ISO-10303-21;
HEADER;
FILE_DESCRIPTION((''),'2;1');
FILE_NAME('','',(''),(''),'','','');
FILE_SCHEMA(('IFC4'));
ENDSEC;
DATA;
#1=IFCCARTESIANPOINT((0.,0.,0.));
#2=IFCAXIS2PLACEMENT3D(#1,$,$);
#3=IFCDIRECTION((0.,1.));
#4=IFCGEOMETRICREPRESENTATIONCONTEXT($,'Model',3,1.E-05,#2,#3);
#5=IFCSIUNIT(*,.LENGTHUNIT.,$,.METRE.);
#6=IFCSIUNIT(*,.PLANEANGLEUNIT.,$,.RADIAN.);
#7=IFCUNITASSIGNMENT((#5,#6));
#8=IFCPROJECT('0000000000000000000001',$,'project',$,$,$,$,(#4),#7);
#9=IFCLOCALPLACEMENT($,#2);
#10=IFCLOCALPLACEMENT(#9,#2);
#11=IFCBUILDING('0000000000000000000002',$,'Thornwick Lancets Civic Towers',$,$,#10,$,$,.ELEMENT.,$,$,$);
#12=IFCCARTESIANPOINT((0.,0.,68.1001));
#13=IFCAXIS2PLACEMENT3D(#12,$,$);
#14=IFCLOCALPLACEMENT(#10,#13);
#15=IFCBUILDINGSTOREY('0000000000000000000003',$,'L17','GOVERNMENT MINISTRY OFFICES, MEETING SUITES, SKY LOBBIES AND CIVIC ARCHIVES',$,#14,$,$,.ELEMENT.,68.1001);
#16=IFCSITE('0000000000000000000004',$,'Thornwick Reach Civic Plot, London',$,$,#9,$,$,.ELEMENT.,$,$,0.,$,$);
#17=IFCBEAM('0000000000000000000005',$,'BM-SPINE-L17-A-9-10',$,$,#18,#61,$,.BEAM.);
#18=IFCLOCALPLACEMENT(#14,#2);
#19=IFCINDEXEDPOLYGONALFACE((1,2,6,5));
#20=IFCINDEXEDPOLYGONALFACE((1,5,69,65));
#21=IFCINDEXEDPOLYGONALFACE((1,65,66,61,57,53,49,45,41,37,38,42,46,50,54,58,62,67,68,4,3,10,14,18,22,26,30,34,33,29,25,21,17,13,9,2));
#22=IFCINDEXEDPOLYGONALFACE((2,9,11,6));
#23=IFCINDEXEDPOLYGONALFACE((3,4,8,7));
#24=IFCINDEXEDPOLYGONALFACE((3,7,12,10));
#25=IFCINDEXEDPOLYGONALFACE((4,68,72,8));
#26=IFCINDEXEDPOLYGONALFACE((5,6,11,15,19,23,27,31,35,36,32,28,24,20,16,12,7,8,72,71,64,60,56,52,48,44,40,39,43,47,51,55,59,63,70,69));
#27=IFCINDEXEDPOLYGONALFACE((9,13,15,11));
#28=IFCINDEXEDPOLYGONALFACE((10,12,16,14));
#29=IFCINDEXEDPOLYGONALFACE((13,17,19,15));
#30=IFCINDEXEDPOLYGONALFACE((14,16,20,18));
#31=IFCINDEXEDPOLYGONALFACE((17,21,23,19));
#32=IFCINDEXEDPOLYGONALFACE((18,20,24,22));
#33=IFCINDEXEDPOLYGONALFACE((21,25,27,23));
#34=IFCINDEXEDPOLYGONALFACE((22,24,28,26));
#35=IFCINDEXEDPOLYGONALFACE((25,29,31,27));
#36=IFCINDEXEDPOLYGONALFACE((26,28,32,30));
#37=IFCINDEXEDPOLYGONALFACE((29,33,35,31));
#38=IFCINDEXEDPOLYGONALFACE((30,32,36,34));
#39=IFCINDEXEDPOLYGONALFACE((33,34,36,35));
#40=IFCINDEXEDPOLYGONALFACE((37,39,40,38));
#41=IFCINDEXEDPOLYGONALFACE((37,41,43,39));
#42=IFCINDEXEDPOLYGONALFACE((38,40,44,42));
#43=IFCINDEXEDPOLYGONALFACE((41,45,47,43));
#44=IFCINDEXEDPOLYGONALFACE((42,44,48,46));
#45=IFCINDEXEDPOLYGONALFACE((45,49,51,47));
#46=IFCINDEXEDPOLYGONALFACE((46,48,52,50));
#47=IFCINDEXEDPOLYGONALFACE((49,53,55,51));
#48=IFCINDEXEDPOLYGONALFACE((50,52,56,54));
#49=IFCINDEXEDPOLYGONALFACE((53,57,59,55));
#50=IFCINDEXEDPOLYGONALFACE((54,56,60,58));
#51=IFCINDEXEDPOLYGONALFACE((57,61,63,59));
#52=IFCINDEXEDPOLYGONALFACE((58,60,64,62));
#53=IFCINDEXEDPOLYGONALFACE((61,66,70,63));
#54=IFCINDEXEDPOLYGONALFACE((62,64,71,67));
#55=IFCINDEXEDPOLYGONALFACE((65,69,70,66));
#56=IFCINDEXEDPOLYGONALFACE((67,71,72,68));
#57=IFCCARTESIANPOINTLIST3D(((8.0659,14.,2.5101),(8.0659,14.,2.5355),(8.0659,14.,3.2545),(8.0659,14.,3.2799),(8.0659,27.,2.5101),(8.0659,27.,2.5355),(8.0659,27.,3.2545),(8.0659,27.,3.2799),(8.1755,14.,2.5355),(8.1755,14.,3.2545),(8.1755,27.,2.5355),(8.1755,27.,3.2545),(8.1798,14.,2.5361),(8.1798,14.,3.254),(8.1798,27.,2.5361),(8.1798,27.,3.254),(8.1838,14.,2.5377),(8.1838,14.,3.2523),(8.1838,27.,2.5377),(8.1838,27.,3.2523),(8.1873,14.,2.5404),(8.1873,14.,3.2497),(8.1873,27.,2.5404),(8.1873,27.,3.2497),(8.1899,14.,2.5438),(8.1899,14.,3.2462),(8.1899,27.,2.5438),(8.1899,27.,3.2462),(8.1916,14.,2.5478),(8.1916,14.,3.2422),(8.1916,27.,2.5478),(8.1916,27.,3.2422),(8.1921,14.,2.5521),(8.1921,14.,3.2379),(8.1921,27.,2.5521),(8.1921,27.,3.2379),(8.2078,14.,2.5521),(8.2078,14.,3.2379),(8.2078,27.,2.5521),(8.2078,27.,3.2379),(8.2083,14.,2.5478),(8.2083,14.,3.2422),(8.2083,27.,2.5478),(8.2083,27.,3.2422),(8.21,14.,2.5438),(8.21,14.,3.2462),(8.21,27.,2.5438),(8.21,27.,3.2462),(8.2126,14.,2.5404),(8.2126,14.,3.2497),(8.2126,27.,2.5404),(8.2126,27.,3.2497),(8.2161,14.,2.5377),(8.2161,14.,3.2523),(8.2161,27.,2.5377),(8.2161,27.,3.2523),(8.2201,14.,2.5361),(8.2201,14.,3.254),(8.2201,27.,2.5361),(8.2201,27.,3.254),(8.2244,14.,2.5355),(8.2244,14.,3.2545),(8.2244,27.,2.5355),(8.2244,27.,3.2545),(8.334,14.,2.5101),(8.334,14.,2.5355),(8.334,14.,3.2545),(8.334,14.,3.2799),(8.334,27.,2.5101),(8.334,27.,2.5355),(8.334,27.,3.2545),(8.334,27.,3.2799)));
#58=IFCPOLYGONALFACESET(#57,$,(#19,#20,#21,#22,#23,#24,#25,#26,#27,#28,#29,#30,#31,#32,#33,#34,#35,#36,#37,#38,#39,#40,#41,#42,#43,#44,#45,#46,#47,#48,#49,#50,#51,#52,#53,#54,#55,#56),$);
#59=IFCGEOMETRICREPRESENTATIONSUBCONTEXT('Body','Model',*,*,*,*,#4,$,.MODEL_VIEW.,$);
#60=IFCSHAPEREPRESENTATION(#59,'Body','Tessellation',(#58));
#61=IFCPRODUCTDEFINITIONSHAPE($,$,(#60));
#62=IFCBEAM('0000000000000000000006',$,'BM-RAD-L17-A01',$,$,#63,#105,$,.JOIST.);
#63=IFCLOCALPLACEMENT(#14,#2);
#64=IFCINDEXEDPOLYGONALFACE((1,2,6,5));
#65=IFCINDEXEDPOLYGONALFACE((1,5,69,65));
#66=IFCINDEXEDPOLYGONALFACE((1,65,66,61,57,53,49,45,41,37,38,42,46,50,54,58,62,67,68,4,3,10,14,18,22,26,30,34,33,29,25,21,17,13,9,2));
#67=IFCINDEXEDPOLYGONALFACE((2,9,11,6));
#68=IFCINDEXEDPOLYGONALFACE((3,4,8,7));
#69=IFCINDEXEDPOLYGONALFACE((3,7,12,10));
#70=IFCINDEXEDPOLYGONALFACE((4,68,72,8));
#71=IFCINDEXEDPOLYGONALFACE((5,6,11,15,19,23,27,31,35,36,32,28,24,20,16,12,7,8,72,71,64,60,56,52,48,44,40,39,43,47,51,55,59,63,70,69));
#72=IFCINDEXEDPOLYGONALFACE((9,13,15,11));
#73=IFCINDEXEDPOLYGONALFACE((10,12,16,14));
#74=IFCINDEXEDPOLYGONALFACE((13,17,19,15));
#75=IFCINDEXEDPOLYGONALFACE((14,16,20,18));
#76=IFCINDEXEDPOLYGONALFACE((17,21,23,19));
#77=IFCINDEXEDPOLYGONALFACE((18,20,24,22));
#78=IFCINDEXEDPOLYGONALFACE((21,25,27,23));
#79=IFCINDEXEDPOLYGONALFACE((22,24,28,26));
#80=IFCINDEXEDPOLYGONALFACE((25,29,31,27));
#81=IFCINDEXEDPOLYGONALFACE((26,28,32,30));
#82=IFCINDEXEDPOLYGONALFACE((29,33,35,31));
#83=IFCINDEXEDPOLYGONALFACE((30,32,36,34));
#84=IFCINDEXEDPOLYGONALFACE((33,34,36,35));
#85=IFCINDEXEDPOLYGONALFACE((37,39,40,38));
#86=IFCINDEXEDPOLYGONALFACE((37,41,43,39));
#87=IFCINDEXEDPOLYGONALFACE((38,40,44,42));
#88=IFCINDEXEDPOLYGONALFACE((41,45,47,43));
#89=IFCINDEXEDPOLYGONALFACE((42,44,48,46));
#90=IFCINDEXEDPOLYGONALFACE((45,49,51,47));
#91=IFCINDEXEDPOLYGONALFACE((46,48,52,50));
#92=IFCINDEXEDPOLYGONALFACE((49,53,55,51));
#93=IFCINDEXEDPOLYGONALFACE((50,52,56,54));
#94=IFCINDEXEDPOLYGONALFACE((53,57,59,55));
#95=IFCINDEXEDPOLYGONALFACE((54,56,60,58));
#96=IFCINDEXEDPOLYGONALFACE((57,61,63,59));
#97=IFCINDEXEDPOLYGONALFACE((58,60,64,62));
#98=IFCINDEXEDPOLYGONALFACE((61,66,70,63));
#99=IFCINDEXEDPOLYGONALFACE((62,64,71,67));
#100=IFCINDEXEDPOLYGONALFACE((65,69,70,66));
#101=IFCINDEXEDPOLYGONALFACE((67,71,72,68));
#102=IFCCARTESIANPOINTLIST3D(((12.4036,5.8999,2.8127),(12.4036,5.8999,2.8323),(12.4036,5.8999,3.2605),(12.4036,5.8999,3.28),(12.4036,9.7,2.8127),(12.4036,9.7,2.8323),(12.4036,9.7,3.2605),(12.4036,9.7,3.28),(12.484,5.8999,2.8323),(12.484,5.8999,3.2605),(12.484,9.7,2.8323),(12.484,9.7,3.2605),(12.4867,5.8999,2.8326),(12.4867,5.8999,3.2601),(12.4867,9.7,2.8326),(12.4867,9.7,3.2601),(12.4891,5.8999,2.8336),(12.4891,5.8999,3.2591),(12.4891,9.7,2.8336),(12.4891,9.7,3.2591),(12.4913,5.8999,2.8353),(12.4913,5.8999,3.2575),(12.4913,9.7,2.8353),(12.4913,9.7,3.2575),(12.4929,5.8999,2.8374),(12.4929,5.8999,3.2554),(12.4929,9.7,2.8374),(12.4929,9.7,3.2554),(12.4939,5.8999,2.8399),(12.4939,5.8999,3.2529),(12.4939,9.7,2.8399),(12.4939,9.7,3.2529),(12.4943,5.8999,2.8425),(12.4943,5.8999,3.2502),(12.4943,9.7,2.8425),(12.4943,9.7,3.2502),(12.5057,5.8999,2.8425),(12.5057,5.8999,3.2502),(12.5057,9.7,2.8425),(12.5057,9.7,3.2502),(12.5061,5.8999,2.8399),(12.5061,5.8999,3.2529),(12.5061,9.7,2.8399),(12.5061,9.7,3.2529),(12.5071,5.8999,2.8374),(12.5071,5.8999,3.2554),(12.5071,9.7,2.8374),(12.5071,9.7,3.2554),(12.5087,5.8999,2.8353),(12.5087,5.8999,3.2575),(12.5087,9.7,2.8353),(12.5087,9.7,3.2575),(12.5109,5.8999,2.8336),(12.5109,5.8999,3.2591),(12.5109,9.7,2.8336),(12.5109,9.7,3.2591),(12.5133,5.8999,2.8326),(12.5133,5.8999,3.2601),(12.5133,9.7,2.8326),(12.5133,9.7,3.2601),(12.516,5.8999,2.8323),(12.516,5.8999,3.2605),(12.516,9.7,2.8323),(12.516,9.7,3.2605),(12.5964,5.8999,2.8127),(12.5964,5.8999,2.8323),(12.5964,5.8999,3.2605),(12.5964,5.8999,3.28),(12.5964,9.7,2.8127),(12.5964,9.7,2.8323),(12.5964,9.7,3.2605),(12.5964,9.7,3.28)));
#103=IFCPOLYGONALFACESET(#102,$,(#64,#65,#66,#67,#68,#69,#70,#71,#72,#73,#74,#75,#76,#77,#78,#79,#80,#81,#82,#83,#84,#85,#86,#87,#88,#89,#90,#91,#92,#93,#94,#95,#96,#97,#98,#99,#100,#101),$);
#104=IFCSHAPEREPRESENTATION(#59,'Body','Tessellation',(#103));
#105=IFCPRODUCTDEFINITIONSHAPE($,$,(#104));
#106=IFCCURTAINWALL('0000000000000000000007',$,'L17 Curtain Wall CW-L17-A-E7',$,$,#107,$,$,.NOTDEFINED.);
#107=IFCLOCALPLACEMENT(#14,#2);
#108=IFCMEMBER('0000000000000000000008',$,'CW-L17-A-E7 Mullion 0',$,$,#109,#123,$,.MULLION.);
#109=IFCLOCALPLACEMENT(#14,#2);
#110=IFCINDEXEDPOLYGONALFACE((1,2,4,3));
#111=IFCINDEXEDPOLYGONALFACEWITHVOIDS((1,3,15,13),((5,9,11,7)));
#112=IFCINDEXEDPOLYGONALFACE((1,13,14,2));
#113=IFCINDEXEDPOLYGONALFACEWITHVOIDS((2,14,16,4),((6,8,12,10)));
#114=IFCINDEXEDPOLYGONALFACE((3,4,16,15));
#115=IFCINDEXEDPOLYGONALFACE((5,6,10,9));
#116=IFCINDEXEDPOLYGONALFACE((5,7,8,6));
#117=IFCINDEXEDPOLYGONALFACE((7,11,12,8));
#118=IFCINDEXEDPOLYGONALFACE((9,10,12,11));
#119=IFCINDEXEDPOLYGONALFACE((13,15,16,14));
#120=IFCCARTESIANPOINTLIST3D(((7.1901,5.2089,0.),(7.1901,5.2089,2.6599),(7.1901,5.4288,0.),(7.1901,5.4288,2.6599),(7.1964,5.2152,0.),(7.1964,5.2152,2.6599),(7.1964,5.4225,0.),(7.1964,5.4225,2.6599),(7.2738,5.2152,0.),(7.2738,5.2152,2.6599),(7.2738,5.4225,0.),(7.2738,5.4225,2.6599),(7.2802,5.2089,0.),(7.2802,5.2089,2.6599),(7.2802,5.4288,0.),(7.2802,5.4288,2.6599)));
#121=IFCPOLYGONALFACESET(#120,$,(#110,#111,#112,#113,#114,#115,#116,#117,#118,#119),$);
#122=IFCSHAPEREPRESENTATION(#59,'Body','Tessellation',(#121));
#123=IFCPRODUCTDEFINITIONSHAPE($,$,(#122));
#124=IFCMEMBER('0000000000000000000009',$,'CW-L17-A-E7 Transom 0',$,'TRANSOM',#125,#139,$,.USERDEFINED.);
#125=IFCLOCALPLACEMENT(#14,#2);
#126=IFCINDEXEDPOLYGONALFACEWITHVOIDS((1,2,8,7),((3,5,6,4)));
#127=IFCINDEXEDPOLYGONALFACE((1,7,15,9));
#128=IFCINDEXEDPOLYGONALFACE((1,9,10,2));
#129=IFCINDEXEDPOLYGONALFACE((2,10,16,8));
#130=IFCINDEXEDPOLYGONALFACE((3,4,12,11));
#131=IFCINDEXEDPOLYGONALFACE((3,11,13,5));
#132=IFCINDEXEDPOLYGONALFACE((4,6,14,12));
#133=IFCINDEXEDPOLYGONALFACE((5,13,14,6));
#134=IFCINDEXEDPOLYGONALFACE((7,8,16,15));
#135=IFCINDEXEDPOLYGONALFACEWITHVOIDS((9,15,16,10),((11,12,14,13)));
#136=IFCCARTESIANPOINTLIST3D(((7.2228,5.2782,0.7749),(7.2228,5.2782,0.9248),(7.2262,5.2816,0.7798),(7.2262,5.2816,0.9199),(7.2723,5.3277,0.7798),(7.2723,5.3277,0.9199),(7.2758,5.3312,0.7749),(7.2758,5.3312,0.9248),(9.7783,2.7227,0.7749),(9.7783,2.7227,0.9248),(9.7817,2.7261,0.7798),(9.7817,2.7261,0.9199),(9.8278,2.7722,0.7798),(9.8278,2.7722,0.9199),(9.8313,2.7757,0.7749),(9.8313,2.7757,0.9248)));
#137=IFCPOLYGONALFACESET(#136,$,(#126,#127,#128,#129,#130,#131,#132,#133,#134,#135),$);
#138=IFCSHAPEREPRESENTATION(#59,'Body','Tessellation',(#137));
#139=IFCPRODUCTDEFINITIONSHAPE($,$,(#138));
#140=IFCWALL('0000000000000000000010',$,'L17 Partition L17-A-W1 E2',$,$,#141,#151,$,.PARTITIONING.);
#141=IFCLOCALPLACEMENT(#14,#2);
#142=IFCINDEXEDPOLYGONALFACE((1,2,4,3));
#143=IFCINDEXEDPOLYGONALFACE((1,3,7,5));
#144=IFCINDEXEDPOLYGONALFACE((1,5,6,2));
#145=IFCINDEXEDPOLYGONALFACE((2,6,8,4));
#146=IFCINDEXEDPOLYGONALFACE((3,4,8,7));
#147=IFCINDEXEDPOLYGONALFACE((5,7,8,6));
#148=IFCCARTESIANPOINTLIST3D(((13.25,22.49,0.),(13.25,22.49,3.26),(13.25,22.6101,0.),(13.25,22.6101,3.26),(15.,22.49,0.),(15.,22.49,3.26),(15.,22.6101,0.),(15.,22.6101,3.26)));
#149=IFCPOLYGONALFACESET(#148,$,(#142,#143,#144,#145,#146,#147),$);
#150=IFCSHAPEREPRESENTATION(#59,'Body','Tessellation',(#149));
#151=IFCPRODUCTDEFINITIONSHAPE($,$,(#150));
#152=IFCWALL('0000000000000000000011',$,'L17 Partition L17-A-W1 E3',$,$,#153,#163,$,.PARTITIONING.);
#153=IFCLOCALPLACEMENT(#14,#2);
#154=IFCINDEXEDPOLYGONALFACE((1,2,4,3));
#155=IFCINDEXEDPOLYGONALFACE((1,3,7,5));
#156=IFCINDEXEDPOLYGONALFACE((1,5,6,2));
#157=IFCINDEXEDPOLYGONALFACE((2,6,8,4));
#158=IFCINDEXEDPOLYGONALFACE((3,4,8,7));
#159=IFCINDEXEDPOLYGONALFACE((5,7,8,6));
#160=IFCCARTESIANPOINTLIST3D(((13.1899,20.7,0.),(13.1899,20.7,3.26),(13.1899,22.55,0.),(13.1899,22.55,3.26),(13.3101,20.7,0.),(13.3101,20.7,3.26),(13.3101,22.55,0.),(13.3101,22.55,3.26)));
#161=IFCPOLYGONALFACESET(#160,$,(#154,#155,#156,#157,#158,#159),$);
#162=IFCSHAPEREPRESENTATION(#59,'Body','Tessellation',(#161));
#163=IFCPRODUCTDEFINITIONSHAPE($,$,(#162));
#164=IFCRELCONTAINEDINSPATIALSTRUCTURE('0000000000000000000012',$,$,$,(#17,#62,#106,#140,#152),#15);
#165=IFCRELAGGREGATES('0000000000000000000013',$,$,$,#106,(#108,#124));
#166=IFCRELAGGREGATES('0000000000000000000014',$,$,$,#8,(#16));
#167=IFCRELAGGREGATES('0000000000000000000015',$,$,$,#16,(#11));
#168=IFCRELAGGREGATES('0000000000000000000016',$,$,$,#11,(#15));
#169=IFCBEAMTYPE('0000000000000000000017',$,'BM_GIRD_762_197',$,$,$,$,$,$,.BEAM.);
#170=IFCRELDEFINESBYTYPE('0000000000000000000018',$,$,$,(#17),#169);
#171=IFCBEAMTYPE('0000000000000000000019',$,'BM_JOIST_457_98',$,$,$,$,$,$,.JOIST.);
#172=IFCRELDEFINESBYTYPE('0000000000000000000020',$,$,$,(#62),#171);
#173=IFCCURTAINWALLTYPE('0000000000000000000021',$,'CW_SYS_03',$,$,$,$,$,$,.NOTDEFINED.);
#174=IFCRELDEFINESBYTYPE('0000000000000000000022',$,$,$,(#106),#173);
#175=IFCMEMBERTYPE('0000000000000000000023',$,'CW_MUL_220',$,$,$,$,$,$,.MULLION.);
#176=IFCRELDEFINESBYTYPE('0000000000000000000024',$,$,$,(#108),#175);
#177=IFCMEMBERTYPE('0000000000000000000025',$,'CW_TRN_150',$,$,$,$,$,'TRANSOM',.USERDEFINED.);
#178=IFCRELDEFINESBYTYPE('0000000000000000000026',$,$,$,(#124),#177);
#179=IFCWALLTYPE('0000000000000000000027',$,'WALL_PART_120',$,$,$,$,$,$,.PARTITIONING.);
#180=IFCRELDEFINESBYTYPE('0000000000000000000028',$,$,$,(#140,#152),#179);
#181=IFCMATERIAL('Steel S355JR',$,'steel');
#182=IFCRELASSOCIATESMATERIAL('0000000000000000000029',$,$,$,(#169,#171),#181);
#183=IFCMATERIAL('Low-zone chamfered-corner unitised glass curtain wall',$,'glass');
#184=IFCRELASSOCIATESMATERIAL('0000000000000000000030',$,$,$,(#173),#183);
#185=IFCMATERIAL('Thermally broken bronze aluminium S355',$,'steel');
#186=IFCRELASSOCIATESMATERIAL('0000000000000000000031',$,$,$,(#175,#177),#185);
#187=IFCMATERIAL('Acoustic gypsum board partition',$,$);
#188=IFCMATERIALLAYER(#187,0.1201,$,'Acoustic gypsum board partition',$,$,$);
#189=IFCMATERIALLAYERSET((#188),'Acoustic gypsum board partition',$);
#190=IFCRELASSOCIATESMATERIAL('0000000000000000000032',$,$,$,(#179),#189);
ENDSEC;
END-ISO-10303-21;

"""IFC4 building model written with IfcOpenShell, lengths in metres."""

from ifc_helpers import new_model, si_unit, direction, frame, frame_2d, origin, origin_2d, place, context, subcontext, project, spatial, rectangle, hollow_rectangle, i_section, extrude, material, layer, layer_set, material_profile, profile_set, type_object, element, aggregate, save


model = new_model("IFC4")

# Units and contexts
model_context = context("Model", 3, precision=1e-05, world=origin(), true_north=direction((0.0, 1.0)))
body_context = subcontext(model_context, "Body", "Model", "MODEL_VIEW")
ifc_project = project(units=[si_unit("LENGTHUNIT", "METRE"), si_unit("PLANEANGLEUNIT", "RADIAN")], contexts=[model_context])

# Site, building, storey
site_placement = place(None, origin())
site = spatial("IfcSite", under=ifc_project, at=site_placement, Name="Thornwick Reach Civic Plot, London", CompositionType="ELEMENT", RefElevation=0.0)
building_placement = place(site_placement, origin())
building = spatial("IfcBuilding", under=site, at=building_placement, Name="Thornwick Lancets Civic Towers", CompositionType="ELEMENT")
storey_placement = place(building_placement, frame((0.0, 0.0, 68.1001)))
storey = spatial("IfcBuildingStorey", under=building, at=storey_placement, Name="L17", Description="GOVERNMENT MINISTRY OFFICES, MEETING SUITES, SKY LOBBIES AND CIVIC ARCHIVES", CompositionType="ELEMENT", Elevation=68.1001)

# Beams
ifc_material_1 = material(Name="Steel S355JR", Category="steel")
ifc_material_profile_1 = material_profile(ifc_material_1, i_section(OverallWidth=0.2681, OverallDepth=0.7698, WebThickness=0.0156, FlangeThickness=0.0254, FilletRadius=0.0166, at=origin_2d()), Name="UKB 762x267x197")
ifc_profile_set_1 = profile_set([ifc_material_profile_1], Name="Steel S355JR")
beam_type_1 = type_object("IfcBeamType", Name="BM_GIRD_762_197", PredefinedType="BEAM", material=ifc_profile_set_1)
for number, where, z_axis, x_axis, name in (
    (1, (8.2, 14.0, 2.895), (0.0, 1.0, 0.0), (-1.0, 0.0, 0.0), "BM-SPINE-L17-A-9-10"),
):
    element("IfcBeam", number, at=place(storey_placement, frame(where, z_axis=z_axis, x_axis=x_axis)), inside=storey, type_object=beam_type_1, Name=name, PredefinedType="BEAM", context=body_context, shape_type="SweptSolid", body=[
        extrude(i_section(OverallWidth=0.2681, OverallDepth=0.7698, WebThickness=0.0156, FlangeThickness=0.0254, FilletRadius=0.0166, at=origin_2d()), origin(), (0.0, 0.0, 1.0), 13.0),
    ])
ifc_material_profile_2 = material_profile(ifc_material_1, i_section(OverallWidth=0.1929, OverallDepth=0.4673, WebThickness=0.0115, FlangeThickness=0.0195, FilletRadius=0.0103, at=origin_2d()), Name="UKB 457x191x98")
ifc_profile_set_2 = profile_set([ifc_material_profile_2], Name="Steel S355JR")
beam_type_2 = type_object("IfcBeamType", Name="BM_JOIST_457_98", PredefinedType="JOIST", material=ifc_profile_set_2)
beam_1_placement = place(storey_placement, frame((12.5, 9.7, 3.0464), z_axis=(0.0, -1.0, 0.0), x_axis=(1.0, 0.0, 0.0)))
element("IfcBeam", 2, at=beam_1_placement, inside=storey, type_object=beam_type_2, Name="BM-RAD-L17-A01", PredefinedType="JOIST", context=body_context, shape_type="SweptSolid", body=[
    extrude(i_section(OverallWidth=0.1929, OverallDepth=0.4673, WebThickness=0.0115, FlangeThickness=0.0195, FilletRadius=0.0103, at=origin_2d()), origin(), (0.0, 0.0, 1.0), 3.8),
])

# Curtain wall, members
ifc_material_2 = material(Name="Low-zone chamfered-corner unitised glass curtain wall", Category="glass")
curtain_wall_type = type_object("IfcCurtainWallType", Name="CW_SYS_03", PredefinedType="NOTDEFINED", material=ifc_material_2)
curtain_wall_placement = place(storey_placement, origin())
curtain_wall = element("IfcCurtainWall", 3, at=curtain_wall_placement, inside=storey, type_object=curtain_wall_type, Name="L17 Curtain Wall CW-L17-A-E7", PredefinedType="NOTDEFINED")
ifc_material_3 = material(Name="Thermally broken bronze aluminium S355", Category="steel")
ifc_material_profile_3 = material_profile(ifc_material_3, hollow_rectangle(XDim=0.0901, YDim=0.22, WallThickness=0.0063, at=origin_2d()), Name="RHS 220x90x6.3")
ifc_profile_set_3 = profile_set([ifc_material_profile_3], Name="Thermally broken bronze aluminium S355")
member_type_1 = type_object("IfcMemberType", Name="CW_MUL_220", PredefinedType="MULLION", material=ifc_profile_set_3)
member_1_placement = place(storey_placement, frame((7.2351, 5.3188, 0.0), z_axis=(0.0, 0.0, 1.0), x_axis=(1.0, 0.0, 0.0)))
member_1 = element("IfcMember", 4, at=member_1_placement, type_object=member_type_1, Name="CW-L17-A-E7 Mullion 0", PredefinedType="MULLION", context=body_context, shape_type="SweptSolid", body=[
    extrude(hollow_rectangle(XDim=0.0901, YDim=0.22, WallThickness=0.0063, at=origin_2d()), origin(), (0.0, 0.0, 1.0), 2.6599),
])
ifc_material_profile_4 = material_profile(ifc_material_3, hollow_rectangle(XDim=0.075, YDim=0.1499, WallThickness=0.0049, at=origin_2d()), Name="RHS 150x75x5")
ifc_profile_set_4 = profile_set([ifc_material_profile_4], Name="Thermally broken bronze aluminium S355")
member_type_2 = type_object("IfcMemberType", Name="CW_TRN_150", ElementType="TRANSOM", PredefinedType="USERDEFINED", material=ifc_profile_set_4)
member_2_placement = place(storey_placement, frame((7.2493, 5.3047, 0.8499), z_axis=(0.707107, -0.707107, 0.0), x_axis=(0.707107, 0.707107, 0.0)))
member_2 = element("IfcMember", 5, at=member_2_placement, type_object=member_type_2, Name="CW-L17-A-E7 Transom 0", ObjectType="TRANSOM", PredefinedType="USERDEFINED", context=body_context, shape_type="SweptSolid", body=[
    extrude(hollow_rectangle(XDim=0.075, YDim=0.1499, WallThickness=0.0049, at=origin_2d()), origin(), (0.0, 0.0, 1.0), 3.614),
])
aggregate(curtain_wall, [member_1, member_2])

# Walls
ifc_material_4 = material(Name="Acoustic gypsum board partition")
ifc_layer = layer(ifc_material_4, 0.1201, Name="Acoustic gypsum board partition")
ifc_layer_set = layer_set([ifc_layer], Name="Acoustic gypsum board partition")
wall_type = type_object("IfcWallType", Name="WALL_PART_120", PredefinedType="PARTITIONING", material=ifc_layer_set)
wall_1_placement = place(storey_placement, frame((15.0, 22.55, 0.0), z_axis=(0.0, 0.0, 1.0), x_axis=(-1.0, 0.0, 0.0)))
element("IfcWall", 6, at=wall_1_placement, inside=storey, type_object=wall_type, Name="L17 Partition L17-A-W1 E2", PredefinedType="PARTITIONING", context=body_context, shape_type="SweptSolid", body=[
    extrude(rectangle(XDim=1.75, YDim=0.1201, at=frame_2d((0.875, 0.0))), origin(), (0.0, 0.0, 1.0), 3.26),
])
wall_2_placement = place(storey_placement, frame((13.25, 22.55, 0.0), z_axis=(0.0, 0.0, 1.0), x_axis=(0.0, -1.0, 0.0)))
element("IfcWall", 7, at=wall_2_placement, inside=storey, type_object=wall_type, Name="L17 Partition L17-A-W1 E3", PredefinedType="PARTITIONING", context=body_context, shape_type="SweptSolid", body=[
    extrude(rectangle(XDim=1.8501, YDim=0.1201, at=frame_2d((0.925, 0.0))), origin(), (0.0, 0.0, 1.0), 3.26),
])

save(model, "model.ifc")
